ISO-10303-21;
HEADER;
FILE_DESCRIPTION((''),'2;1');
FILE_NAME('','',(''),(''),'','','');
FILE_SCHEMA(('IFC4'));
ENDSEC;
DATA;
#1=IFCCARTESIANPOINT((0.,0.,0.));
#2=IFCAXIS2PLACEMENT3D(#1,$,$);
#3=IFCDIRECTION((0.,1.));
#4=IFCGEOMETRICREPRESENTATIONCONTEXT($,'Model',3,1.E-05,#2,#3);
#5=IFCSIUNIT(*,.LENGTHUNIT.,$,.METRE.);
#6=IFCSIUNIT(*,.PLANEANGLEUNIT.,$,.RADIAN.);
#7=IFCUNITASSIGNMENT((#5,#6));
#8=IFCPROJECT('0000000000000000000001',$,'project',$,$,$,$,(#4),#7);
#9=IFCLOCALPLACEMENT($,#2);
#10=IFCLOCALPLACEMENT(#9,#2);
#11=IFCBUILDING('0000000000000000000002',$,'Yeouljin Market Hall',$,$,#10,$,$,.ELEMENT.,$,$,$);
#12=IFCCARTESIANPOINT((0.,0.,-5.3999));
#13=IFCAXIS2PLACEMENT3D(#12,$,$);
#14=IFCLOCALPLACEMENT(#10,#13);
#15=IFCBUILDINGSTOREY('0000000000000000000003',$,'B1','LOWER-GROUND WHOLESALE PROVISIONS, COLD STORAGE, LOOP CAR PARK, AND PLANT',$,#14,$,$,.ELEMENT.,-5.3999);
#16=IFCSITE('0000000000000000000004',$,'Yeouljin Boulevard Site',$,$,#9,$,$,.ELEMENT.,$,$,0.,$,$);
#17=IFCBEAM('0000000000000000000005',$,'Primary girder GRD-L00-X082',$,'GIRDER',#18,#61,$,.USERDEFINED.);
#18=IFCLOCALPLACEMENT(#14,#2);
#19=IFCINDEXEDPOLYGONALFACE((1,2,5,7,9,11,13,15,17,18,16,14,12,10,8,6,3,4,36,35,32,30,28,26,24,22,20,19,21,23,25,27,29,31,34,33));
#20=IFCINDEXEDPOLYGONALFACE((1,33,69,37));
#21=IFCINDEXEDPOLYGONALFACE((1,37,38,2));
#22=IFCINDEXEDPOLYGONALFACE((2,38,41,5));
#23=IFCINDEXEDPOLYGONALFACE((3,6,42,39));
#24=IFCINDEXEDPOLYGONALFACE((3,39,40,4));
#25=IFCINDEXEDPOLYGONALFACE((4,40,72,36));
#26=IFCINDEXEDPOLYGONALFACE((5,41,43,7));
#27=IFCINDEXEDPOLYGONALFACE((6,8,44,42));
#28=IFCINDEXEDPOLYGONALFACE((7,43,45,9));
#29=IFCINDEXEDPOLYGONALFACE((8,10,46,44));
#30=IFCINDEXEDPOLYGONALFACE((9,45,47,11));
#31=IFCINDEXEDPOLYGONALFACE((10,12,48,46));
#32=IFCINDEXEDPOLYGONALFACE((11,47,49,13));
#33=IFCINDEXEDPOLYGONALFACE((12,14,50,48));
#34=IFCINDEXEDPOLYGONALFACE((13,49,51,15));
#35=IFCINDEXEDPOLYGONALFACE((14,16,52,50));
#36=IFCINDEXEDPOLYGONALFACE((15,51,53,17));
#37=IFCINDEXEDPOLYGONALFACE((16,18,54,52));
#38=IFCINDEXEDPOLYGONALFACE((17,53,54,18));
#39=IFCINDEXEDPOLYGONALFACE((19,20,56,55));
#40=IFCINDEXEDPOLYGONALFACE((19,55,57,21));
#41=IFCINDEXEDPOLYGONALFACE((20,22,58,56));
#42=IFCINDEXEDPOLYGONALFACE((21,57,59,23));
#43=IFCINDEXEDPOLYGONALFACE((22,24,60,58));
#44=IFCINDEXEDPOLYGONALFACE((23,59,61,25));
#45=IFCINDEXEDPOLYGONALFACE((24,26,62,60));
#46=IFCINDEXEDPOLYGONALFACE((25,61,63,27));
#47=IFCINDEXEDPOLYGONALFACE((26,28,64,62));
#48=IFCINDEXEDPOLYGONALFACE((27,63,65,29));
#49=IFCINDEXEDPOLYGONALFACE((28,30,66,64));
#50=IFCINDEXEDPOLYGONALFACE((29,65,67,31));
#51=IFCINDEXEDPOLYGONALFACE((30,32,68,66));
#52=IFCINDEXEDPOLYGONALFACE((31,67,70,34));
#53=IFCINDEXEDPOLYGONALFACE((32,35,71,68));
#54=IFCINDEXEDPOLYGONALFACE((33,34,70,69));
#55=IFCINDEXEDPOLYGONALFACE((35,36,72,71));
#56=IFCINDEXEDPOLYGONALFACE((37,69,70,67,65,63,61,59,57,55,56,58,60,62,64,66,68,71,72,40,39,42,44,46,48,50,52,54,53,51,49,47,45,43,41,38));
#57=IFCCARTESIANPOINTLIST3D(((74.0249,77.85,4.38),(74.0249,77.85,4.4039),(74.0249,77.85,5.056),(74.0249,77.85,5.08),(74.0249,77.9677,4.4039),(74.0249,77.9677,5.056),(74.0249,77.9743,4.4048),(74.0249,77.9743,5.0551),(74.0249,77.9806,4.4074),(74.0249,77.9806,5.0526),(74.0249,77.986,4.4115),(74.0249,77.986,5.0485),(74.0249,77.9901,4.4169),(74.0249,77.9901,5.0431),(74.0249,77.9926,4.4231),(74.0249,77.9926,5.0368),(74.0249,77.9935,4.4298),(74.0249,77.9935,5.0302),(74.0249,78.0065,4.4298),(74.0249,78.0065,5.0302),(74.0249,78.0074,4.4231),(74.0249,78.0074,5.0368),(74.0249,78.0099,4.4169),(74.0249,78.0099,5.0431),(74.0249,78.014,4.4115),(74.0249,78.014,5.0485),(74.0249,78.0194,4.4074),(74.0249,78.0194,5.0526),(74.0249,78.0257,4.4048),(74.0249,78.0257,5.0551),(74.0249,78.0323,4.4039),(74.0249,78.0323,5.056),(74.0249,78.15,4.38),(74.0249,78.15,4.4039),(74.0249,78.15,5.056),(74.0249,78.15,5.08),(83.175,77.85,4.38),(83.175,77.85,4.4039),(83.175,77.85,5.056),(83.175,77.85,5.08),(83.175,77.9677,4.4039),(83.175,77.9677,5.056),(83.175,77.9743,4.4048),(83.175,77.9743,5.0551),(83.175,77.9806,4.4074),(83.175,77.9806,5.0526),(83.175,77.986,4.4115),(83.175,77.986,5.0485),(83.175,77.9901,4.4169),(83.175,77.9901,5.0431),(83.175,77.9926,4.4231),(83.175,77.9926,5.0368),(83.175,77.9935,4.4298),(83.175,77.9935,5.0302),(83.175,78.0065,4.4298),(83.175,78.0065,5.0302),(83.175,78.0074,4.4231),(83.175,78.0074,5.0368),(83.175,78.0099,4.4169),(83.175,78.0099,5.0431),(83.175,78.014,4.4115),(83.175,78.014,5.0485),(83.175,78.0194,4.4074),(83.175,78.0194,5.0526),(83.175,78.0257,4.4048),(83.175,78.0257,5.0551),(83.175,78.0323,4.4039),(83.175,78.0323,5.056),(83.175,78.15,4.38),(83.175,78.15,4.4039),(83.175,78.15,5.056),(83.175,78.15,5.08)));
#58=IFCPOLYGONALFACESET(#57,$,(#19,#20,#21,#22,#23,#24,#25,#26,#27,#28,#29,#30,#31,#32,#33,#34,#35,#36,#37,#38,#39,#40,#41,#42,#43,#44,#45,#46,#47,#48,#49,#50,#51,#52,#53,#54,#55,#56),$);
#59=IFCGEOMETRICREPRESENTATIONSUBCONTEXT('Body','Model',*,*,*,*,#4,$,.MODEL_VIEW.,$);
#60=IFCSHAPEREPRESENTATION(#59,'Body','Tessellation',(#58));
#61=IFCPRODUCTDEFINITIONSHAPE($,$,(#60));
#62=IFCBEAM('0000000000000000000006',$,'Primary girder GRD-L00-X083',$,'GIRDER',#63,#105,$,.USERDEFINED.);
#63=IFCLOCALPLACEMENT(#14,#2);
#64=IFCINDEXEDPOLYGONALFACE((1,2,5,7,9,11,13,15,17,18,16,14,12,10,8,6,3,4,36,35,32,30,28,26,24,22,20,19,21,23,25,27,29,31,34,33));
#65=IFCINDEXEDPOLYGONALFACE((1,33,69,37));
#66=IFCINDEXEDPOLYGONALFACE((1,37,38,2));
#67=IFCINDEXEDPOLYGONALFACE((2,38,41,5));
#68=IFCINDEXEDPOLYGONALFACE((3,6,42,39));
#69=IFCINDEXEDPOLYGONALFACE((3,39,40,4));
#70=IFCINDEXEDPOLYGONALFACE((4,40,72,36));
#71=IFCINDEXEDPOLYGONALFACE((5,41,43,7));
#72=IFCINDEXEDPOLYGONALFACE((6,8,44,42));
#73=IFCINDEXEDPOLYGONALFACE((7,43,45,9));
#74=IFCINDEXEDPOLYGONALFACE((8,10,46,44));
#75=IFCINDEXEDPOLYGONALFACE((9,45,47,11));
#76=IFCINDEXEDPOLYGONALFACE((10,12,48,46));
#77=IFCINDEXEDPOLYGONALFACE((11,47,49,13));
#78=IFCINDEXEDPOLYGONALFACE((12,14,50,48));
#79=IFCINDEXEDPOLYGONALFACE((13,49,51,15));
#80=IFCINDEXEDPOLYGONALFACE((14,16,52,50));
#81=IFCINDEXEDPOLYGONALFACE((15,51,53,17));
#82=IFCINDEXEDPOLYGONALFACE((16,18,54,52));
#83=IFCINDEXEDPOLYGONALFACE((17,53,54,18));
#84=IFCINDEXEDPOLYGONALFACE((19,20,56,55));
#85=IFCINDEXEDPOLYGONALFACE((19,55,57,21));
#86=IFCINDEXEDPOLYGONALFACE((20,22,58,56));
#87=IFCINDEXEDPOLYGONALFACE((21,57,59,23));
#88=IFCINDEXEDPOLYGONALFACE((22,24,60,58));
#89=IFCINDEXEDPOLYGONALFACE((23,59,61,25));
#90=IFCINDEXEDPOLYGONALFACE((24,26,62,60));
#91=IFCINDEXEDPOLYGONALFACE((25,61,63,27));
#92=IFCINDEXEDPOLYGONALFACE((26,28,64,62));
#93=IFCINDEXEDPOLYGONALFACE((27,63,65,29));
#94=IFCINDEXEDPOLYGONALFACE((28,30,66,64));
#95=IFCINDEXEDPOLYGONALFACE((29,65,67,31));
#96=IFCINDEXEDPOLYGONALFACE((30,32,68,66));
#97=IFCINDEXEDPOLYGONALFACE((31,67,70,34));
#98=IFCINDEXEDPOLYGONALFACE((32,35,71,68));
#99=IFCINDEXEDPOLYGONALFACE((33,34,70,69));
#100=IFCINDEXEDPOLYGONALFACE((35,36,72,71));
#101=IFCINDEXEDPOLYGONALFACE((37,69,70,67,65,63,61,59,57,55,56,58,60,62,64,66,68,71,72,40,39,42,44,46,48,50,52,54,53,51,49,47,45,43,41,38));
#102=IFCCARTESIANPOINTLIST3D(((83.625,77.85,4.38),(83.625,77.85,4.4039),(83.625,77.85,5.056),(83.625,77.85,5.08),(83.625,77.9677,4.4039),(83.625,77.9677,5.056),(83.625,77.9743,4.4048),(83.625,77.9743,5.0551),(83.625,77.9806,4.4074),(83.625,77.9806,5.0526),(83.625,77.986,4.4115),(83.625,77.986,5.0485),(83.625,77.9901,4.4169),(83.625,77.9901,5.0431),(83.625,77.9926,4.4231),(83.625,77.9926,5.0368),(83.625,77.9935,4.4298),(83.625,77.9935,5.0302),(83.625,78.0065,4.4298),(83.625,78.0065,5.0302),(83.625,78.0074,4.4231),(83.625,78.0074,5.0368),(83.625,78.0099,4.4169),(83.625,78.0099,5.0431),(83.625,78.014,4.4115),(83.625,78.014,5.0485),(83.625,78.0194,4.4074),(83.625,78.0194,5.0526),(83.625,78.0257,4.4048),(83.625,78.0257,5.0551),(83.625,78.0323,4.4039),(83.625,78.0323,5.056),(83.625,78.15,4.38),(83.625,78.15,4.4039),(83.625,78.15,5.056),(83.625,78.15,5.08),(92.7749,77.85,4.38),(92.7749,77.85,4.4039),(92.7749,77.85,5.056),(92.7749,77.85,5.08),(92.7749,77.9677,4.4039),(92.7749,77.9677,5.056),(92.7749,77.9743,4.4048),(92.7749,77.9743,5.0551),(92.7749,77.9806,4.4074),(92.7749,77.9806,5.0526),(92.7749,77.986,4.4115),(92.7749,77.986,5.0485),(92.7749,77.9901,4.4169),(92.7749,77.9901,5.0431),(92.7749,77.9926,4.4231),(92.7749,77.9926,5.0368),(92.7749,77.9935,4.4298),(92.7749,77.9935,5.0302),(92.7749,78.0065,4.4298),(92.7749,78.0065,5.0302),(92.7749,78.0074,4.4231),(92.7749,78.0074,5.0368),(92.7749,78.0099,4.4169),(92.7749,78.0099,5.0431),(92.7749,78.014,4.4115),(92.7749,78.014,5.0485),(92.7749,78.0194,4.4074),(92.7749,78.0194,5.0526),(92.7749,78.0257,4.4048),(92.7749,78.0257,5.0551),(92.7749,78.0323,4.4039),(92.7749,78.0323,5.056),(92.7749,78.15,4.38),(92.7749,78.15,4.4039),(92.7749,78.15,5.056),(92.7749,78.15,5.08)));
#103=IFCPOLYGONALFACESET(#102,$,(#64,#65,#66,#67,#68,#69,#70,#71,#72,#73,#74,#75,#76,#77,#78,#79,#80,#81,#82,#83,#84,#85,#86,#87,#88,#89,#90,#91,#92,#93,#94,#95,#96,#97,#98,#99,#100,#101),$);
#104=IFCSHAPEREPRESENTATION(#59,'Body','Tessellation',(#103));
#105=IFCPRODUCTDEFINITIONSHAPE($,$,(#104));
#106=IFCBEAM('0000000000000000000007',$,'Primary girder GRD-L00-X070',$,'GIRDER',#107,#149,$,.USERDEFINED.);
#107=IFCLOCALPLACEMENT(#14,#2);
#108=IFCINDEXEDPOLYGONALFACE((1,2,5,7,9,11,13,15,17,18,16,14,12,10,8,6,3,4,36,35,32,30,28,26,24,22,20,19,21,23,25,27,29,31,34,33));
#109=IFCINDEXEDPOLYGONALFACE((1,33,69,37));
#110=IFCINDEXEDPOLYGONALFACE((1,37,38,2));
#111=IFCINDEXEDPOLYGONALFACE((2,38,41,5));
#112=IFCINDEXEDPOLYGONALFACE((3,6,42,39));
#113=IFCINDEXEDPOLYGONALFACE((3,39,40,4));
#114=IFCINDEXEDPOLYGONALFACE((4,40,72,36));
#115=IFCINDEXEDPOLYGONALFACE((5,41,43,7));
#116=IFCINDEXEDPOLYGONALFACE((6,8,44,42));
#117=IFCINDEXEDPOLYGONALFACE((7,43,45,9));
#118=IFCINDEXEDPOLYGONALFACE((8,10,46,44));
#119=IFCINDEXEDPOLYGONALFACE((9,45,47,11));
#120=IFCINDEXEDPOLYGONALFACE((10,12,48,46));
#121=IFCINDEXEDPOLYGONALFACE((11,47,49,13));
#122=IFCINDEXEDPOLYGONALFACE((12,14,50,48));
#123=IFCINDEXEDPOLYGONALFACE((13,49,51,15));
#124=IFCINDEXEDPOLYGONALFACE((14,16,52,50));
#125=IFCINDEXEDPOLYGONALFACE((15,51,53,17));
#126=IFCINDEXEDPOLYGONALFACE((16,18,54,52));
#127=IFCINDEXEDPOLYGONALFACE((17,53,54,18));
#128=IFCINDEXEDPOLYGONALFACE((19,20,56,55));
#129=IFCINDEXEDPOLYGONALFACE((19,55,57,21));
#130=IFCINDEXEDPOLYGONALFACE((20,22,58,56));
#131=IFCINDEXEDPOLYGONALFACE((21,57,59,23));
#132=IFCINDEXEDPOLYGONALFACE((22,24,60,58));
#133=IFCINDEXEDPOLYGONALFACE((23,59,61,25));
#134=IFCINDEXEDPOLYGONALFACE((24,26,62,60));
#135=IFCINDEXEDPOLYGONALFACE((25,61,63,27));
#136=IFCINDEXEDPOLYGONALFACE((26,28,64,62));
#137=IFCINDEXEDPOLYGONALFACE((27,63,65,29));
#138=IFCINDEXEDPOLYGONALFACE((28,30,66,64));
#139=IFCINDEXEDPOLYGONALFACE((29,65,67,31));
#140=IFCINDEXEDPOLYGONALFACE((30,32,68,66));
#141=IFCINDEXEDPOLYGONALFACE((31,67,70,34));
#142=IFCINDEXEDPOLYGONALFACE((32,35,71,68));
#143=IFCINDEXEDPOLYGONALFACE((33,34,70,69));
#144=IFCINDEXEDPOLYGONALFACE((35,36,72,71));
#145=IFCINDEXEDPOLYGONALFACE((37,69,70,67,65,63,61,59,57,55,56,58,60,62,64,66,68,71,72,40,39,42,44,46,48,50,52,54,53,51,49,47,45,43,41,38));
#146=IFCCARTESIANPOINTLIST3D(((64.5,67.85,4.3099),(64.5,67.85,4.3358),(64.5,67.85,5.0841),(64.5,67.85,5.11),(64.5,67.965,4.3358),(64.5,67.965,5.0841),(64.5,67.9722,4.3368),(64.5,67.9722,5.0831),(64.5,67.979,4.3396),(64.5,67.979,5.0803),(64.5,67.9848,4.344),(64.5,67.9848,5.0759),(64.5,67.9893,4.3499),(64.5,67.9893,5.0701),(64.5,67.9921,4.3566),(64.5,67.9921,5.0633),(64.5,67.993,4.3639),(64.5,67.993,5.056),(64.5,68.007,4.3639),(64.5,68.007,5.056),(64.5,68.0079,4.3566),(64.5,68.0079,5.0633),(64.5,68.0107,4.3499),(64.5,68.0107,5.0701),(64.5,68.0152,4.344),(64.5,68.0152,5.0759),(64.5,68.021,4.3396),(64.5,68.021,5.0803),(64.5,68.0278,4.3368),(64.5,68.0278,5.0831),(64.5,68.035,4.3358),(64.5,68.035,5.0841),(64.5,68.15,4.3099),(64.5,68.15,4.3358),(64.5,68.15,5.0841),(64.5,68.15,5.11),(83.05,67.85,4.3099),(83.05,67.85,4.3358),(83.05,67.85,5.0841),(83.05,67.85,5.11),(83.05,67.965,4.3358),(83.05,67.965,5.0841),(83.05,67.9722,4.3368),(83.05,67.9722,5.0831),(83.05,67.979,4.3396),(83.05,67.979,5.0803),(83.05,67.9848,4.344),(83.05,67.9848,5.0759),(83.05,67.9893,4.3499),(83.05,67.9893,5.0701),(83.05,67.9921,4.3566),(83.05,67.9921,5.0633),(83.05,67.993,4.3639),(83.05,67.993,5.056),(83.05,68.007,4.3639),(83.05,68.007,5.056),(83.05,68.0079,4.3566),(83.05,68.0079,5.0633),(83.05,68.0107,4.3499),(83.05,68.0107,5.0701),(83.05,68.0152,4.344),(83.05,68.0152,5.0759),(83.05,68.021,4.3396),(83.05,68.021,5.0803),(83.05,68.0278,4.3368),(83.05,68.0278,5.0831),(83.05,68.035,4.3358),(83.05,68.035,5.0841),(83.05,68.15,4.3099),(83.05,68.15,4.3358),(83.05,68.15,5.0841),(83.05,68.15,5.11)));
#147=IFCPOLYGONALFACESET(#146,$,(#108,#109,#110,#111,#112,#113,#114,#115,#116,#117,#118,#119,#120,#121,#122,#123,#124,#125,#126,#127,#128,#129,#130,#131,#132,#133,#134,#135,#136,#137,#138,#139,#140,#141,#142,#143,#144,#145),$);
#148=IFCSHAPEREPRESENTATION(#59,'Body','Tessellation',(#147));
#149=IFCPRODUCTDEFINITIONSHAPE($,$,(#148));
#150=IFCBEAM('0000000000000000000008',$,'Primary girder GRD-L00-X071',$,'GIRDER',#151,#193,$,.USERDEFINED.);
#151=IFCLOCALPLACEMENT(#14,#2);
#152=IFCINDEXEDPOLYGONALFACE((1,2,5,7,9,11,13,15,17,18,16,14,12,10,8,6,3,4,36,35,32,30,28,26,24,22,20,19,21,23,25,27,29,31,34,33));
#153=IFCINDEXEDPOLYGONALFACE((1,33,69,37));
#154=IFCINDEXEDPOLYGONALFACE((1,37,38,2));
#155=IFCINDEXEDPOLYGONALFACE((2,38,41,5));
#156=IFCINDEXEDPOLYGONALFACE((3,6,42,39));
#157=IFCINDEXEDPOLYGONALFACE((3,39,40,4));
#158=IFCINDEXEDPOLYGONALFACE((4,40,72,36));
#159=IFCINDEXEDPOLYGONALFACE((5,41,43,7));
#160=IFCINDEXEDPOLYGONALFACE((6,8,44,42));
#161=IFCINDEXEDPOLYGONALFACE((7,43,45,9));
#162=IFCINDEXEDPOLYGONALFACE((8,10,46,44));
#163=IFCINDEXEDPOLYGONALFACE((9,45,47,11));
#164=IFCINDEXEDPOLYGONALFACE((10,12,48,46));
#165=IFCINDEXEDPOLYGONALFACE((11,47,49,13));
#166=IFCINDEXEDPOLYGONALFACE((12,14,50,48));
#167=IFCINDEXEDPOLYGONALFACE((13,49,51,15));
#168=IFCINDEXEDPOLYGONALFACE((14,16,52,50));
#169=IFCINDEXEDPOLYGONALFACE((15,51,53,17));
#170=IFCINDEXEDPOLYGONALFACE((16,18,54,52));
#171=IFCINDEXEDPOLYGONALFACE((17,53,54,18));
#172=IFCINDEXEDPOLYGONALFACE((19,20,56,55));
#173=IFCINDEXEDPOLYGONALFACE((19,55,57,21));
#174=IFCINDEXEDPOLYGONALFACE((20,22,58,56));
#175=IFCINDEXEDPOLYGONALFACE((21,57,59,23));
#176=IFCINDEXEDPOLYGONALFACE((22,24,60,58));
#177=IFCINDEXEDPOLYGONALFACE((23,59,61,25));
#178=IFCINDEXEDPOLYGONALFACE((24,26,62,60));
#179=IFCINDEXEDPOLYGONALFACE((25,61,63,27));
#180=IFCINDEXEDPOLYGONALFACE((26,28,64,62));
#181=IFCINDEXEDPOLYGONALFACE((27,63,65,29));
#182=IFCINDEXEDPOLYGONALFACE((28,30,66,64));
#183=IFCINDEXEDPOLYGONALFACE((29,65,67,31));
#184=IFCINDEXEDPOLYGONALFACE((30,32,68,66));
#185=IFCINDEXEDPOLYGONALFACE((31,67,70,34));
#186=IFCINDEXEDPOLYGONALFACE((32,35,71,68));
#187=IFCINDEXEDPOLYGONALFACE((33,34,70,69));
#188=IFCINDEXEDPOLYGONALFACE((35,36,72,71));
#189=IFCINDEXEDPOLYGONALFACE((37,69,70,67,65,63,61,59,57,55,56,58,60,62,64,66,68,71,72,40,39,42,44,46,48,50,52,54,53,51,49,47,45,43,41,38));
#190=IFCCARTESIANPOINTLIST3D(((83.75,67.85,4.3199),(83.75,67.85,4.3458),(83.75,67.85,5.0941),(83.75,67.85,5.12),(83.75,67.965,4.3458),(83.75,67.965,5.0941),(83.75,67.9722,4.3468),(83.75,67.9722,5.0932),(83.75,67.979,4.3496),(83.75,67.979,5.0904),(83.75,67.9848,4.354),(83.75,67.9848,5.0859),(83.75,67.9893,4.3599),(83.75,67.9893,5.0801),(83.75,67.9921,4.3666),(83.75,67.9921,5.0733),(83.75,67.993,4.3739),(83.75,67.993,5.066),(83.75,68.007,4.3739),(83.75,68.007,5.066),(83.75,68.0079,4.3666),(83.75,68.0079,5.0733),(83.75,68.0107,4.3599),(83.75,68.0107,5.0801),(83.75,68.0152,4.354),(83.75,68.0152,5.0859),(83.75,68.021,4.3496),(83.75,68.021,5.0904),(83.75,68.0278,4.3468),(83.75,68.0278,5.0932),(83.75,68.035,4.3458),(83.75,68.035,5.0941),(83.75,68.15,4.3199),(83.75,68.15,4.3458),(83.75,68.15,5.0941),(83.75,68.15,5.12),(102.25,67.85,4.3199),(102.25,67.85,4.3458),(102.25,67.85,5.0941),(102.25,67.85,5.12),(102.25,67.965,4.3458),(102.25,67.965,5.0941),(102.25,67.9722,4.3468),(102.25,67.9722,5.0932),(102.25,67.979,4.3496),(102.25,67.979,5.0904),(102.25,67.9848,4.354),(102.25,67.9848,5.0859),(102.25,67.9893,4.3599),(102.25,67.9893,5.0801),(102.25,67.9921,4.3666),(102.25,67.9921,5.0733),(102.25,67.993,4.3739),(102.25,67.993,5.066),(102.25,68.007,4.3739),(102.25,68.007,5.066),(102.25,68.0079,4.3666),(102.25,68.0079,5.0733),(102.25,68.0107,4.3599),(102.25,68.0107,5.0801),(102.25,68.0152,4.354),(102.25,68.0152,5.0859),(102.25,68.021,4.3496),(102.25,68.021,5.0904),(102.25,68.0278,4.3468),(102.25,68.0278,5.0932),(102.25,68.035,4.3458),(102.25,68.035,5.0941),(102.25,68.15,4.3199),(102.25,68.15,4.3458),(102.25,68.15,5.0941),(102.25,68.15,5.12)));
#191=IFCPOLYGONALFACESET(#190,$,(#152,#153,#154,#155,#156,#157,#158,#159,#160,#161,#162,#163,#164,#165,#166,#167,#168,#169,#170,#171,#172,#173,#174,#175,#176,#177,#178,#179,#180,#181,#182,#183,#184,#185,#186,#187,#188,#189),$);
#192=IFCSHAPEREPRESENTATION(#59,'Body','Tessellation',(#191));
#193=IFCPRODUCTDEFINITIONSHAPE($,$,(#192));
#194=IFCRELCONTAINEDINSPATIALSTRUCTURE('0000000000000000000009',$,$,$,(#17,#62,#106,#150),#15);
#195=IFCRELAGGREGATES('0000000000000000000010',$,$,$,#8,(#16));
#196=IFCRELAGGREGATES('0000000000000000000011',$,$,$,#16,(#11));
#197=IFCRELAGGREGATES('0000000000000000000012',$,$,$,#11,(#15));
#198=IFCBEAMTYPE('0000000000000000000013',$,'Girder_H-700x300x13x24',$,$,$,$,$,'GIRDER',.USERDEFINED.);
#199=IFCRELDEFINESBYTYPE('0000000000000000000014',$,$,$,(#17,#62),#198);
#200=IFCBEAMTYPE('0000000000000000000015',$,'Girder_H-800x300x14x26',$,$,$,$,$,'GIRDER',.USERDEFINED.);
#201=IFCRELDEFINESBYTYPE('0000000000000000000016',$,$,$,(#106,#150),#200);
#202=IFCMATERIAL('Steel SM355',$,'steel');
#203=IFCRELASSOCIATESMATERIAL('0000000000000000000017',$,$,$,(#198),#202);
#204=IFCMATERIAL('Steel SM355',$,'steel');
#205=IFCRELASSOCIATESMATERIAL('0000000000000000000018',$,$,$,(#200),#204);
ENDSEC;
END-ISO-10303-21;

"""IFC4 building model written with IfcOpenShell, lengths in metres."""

from ifc_helpers import new_model, si_unit, direction, frame, origin, origin_2d, place, context, subcontext, project, spatial, i_section, extrude, material, material_profile, profile_set, type_object, element, save


model = new_model("IFC4")

# Units and contexts
model_context = context("Model", 3, precision=1e-05, world=origin(), true_north=direction((0.0, 1.0)))
body_context = subcontext(model_context, "Body", "Model", "MODEL_VIEW")
ifc_project = project(units=[si_unit("LENGTHUNIT", "METRE"), si_unit("PLANEANGLEUNIT", "RADIAN")], contexts=[model_context])

# Site, building, storey
site_placement = place(None, origin())
site = spatial("IfcSite", under=ifc_project, at=site_placement, Name="Yeouljin Boulevard Site", CompositionType="ELEMENT", RefElevation=0.0)
building_placement = place(site_placement, origin())
building = spatial("IfcBuilding", under=site, at=building_placement, Name="Yeouljin Market Hall", CompositionType="ELEMENT")
storey_placement = place(building_placement, frame((0.0, 0.0, -5.3999)))
storey = spatial("IfcBuildingStorey", under=building, at=storey_placement, Name="B1", Description="LOWER-GROUND WHOLESALE PROVISIONS, COLD STORAGE, LOOP CAR PARK, AND PLANT", CompositionType="ELEMENT", Elevation=-5.3999)

# Beams
ifc_material_1 = material(Name="Steel SM355", Category="steel")
ifc_material_profile_1 = material_profile(ifc_material_1, i_section(OverallWidth=0.3, OverallDepth=0.7, WebThickness=0.0129, FlangeThickness=0.0239, FilletRadius=0.0259, at=origin_2d()), Name="H-700x300x13x24")
ifc_profile_set_1 = profile_set([ifc_material_profile_1], Name="Steel SM355")
beam_type_1 = type_object("IfcBeamType", Name="Girder_H-700x300x13x24", ElementType="GIRDER", PredefinedType="USERDEFINED", material=ifc_profile_set_1)
beam_1_placement = place(storey_placement, frame((74.0249, 78.0, 4.73), z_axis=(1.0, 0.0, 0.0), x_axis=(0.0, 1.0, 0.0)))
element("IfcBeam", 1, at=beam_1_placement, inside=storey, type_object=beam_type_1, Name="Primary girder GRD-L00-X082", ObjectType="GIRDER", PredefinedType="USERDEFINED", context=body_context, shape_type="SweptSolid", body=[
    extrude(i_section(OverallWidth=0.3, OverallDepth=0.7, WebThickness=0.0129, FlangeThickness=0.0239, FilletRadius=0.0259, at=origin_2d()), origin(), (0.0, 0.0, 1.0), 9.1501),
])
beam_2_placement = place(storey_placement, frame((83.625, 78.0, 4.73), z_axis=(1.0, 0.0, 0.0), x_axis=(0.0, 1.0, 0.0)))
element("IfcBeam", 2, at=beam_2_placement, inside=storey, type_object=beam_type_1, Name="Primary girder GRD-L00-X083", ObjectType="GIRDER", PredefinedType="USERDEFINED", context=body_context, shape_type="SweptSolid", body=[
    extrude(i_section(OverallWidth=0.3, OverallDepth=0.7, WebThickness=0.0129, FlangeThickness=0.0239, FilletRadius=0.0259, at=origin_2d()), origin(), (0.0, 0.0, 1.0), 9.1499),
])
ifc_material_2 = material(Name="Steel SM355", Category="steel")
ifc_material_profile_2 = material_profile(ifc_material_2, i_section(OverallWidth=0.3, OverallDepth=0.8, WebThickness=0.0139, FlangeThickness=0.0259, FilletRadius=0.0281, at=origin_2d()), Name="H-800x300x14x26")
ifc_profile_set_2 = profile_set([ifc_material_profile_2], Name="Steel SM355")
beam_type_2 = type_object("IfcBeamType", Name="Girder_H-800x300x14x26", ElementType="GIRDER", PredefinedType="USERDEFINED", material=ifc_profile_set_2)
beam_3_placement = place(storey_placement, frame((64.5, 68.0, 4.71), z_axis=(1.0, 0.0, 0.0), x_axis=(0.0, 1.0, 0.0)))
element("IfcBeam", 3, at=beam_3_placement, inside=storey, type_object=beam_type_2, Name="Primary girder GRD-L00-X070", ObjectType="GIRDER", PredefinedType="USERDEFINED", context=body_context, shape_type="SweptSolid", body=[
    extrude(i_section(OverallWidth=0.3, OverallDepth=0.8, WebThickness=0.0139, FlangeThickness=0.0259, FilletRadius=0.0281, at=origin_2d()), origin(), (0.0, 0.0, 1.0), 18.55),
])
beam_4_placement = place(storey_placement, frame((83.75, 68.0, 4.72), z_axis=(1.0, 0.0, 0.0), x_axis=(0.0, 1.0, 0.0)))
element("IfcBeam", 4, at=beam_4_placement, inside=storey, type_object=beam_type_2, Name="Primary girder GRD-L00-X071", ObjectType="GIRDER", PredefinedType="USERDEFINED", context=body_context, shape_type="SweptSolid", body=[
    extrude(i_section(OverallWidth=0.3, OverallDepth=0.8, WebThickness=0.0139, FlangeThickness=0.0259, FilletRadius=0.0281, at=origin_2d()), origin(), (0.0, 0.0, 1.0), 18.5),
])

save(model, "model.ifc")
